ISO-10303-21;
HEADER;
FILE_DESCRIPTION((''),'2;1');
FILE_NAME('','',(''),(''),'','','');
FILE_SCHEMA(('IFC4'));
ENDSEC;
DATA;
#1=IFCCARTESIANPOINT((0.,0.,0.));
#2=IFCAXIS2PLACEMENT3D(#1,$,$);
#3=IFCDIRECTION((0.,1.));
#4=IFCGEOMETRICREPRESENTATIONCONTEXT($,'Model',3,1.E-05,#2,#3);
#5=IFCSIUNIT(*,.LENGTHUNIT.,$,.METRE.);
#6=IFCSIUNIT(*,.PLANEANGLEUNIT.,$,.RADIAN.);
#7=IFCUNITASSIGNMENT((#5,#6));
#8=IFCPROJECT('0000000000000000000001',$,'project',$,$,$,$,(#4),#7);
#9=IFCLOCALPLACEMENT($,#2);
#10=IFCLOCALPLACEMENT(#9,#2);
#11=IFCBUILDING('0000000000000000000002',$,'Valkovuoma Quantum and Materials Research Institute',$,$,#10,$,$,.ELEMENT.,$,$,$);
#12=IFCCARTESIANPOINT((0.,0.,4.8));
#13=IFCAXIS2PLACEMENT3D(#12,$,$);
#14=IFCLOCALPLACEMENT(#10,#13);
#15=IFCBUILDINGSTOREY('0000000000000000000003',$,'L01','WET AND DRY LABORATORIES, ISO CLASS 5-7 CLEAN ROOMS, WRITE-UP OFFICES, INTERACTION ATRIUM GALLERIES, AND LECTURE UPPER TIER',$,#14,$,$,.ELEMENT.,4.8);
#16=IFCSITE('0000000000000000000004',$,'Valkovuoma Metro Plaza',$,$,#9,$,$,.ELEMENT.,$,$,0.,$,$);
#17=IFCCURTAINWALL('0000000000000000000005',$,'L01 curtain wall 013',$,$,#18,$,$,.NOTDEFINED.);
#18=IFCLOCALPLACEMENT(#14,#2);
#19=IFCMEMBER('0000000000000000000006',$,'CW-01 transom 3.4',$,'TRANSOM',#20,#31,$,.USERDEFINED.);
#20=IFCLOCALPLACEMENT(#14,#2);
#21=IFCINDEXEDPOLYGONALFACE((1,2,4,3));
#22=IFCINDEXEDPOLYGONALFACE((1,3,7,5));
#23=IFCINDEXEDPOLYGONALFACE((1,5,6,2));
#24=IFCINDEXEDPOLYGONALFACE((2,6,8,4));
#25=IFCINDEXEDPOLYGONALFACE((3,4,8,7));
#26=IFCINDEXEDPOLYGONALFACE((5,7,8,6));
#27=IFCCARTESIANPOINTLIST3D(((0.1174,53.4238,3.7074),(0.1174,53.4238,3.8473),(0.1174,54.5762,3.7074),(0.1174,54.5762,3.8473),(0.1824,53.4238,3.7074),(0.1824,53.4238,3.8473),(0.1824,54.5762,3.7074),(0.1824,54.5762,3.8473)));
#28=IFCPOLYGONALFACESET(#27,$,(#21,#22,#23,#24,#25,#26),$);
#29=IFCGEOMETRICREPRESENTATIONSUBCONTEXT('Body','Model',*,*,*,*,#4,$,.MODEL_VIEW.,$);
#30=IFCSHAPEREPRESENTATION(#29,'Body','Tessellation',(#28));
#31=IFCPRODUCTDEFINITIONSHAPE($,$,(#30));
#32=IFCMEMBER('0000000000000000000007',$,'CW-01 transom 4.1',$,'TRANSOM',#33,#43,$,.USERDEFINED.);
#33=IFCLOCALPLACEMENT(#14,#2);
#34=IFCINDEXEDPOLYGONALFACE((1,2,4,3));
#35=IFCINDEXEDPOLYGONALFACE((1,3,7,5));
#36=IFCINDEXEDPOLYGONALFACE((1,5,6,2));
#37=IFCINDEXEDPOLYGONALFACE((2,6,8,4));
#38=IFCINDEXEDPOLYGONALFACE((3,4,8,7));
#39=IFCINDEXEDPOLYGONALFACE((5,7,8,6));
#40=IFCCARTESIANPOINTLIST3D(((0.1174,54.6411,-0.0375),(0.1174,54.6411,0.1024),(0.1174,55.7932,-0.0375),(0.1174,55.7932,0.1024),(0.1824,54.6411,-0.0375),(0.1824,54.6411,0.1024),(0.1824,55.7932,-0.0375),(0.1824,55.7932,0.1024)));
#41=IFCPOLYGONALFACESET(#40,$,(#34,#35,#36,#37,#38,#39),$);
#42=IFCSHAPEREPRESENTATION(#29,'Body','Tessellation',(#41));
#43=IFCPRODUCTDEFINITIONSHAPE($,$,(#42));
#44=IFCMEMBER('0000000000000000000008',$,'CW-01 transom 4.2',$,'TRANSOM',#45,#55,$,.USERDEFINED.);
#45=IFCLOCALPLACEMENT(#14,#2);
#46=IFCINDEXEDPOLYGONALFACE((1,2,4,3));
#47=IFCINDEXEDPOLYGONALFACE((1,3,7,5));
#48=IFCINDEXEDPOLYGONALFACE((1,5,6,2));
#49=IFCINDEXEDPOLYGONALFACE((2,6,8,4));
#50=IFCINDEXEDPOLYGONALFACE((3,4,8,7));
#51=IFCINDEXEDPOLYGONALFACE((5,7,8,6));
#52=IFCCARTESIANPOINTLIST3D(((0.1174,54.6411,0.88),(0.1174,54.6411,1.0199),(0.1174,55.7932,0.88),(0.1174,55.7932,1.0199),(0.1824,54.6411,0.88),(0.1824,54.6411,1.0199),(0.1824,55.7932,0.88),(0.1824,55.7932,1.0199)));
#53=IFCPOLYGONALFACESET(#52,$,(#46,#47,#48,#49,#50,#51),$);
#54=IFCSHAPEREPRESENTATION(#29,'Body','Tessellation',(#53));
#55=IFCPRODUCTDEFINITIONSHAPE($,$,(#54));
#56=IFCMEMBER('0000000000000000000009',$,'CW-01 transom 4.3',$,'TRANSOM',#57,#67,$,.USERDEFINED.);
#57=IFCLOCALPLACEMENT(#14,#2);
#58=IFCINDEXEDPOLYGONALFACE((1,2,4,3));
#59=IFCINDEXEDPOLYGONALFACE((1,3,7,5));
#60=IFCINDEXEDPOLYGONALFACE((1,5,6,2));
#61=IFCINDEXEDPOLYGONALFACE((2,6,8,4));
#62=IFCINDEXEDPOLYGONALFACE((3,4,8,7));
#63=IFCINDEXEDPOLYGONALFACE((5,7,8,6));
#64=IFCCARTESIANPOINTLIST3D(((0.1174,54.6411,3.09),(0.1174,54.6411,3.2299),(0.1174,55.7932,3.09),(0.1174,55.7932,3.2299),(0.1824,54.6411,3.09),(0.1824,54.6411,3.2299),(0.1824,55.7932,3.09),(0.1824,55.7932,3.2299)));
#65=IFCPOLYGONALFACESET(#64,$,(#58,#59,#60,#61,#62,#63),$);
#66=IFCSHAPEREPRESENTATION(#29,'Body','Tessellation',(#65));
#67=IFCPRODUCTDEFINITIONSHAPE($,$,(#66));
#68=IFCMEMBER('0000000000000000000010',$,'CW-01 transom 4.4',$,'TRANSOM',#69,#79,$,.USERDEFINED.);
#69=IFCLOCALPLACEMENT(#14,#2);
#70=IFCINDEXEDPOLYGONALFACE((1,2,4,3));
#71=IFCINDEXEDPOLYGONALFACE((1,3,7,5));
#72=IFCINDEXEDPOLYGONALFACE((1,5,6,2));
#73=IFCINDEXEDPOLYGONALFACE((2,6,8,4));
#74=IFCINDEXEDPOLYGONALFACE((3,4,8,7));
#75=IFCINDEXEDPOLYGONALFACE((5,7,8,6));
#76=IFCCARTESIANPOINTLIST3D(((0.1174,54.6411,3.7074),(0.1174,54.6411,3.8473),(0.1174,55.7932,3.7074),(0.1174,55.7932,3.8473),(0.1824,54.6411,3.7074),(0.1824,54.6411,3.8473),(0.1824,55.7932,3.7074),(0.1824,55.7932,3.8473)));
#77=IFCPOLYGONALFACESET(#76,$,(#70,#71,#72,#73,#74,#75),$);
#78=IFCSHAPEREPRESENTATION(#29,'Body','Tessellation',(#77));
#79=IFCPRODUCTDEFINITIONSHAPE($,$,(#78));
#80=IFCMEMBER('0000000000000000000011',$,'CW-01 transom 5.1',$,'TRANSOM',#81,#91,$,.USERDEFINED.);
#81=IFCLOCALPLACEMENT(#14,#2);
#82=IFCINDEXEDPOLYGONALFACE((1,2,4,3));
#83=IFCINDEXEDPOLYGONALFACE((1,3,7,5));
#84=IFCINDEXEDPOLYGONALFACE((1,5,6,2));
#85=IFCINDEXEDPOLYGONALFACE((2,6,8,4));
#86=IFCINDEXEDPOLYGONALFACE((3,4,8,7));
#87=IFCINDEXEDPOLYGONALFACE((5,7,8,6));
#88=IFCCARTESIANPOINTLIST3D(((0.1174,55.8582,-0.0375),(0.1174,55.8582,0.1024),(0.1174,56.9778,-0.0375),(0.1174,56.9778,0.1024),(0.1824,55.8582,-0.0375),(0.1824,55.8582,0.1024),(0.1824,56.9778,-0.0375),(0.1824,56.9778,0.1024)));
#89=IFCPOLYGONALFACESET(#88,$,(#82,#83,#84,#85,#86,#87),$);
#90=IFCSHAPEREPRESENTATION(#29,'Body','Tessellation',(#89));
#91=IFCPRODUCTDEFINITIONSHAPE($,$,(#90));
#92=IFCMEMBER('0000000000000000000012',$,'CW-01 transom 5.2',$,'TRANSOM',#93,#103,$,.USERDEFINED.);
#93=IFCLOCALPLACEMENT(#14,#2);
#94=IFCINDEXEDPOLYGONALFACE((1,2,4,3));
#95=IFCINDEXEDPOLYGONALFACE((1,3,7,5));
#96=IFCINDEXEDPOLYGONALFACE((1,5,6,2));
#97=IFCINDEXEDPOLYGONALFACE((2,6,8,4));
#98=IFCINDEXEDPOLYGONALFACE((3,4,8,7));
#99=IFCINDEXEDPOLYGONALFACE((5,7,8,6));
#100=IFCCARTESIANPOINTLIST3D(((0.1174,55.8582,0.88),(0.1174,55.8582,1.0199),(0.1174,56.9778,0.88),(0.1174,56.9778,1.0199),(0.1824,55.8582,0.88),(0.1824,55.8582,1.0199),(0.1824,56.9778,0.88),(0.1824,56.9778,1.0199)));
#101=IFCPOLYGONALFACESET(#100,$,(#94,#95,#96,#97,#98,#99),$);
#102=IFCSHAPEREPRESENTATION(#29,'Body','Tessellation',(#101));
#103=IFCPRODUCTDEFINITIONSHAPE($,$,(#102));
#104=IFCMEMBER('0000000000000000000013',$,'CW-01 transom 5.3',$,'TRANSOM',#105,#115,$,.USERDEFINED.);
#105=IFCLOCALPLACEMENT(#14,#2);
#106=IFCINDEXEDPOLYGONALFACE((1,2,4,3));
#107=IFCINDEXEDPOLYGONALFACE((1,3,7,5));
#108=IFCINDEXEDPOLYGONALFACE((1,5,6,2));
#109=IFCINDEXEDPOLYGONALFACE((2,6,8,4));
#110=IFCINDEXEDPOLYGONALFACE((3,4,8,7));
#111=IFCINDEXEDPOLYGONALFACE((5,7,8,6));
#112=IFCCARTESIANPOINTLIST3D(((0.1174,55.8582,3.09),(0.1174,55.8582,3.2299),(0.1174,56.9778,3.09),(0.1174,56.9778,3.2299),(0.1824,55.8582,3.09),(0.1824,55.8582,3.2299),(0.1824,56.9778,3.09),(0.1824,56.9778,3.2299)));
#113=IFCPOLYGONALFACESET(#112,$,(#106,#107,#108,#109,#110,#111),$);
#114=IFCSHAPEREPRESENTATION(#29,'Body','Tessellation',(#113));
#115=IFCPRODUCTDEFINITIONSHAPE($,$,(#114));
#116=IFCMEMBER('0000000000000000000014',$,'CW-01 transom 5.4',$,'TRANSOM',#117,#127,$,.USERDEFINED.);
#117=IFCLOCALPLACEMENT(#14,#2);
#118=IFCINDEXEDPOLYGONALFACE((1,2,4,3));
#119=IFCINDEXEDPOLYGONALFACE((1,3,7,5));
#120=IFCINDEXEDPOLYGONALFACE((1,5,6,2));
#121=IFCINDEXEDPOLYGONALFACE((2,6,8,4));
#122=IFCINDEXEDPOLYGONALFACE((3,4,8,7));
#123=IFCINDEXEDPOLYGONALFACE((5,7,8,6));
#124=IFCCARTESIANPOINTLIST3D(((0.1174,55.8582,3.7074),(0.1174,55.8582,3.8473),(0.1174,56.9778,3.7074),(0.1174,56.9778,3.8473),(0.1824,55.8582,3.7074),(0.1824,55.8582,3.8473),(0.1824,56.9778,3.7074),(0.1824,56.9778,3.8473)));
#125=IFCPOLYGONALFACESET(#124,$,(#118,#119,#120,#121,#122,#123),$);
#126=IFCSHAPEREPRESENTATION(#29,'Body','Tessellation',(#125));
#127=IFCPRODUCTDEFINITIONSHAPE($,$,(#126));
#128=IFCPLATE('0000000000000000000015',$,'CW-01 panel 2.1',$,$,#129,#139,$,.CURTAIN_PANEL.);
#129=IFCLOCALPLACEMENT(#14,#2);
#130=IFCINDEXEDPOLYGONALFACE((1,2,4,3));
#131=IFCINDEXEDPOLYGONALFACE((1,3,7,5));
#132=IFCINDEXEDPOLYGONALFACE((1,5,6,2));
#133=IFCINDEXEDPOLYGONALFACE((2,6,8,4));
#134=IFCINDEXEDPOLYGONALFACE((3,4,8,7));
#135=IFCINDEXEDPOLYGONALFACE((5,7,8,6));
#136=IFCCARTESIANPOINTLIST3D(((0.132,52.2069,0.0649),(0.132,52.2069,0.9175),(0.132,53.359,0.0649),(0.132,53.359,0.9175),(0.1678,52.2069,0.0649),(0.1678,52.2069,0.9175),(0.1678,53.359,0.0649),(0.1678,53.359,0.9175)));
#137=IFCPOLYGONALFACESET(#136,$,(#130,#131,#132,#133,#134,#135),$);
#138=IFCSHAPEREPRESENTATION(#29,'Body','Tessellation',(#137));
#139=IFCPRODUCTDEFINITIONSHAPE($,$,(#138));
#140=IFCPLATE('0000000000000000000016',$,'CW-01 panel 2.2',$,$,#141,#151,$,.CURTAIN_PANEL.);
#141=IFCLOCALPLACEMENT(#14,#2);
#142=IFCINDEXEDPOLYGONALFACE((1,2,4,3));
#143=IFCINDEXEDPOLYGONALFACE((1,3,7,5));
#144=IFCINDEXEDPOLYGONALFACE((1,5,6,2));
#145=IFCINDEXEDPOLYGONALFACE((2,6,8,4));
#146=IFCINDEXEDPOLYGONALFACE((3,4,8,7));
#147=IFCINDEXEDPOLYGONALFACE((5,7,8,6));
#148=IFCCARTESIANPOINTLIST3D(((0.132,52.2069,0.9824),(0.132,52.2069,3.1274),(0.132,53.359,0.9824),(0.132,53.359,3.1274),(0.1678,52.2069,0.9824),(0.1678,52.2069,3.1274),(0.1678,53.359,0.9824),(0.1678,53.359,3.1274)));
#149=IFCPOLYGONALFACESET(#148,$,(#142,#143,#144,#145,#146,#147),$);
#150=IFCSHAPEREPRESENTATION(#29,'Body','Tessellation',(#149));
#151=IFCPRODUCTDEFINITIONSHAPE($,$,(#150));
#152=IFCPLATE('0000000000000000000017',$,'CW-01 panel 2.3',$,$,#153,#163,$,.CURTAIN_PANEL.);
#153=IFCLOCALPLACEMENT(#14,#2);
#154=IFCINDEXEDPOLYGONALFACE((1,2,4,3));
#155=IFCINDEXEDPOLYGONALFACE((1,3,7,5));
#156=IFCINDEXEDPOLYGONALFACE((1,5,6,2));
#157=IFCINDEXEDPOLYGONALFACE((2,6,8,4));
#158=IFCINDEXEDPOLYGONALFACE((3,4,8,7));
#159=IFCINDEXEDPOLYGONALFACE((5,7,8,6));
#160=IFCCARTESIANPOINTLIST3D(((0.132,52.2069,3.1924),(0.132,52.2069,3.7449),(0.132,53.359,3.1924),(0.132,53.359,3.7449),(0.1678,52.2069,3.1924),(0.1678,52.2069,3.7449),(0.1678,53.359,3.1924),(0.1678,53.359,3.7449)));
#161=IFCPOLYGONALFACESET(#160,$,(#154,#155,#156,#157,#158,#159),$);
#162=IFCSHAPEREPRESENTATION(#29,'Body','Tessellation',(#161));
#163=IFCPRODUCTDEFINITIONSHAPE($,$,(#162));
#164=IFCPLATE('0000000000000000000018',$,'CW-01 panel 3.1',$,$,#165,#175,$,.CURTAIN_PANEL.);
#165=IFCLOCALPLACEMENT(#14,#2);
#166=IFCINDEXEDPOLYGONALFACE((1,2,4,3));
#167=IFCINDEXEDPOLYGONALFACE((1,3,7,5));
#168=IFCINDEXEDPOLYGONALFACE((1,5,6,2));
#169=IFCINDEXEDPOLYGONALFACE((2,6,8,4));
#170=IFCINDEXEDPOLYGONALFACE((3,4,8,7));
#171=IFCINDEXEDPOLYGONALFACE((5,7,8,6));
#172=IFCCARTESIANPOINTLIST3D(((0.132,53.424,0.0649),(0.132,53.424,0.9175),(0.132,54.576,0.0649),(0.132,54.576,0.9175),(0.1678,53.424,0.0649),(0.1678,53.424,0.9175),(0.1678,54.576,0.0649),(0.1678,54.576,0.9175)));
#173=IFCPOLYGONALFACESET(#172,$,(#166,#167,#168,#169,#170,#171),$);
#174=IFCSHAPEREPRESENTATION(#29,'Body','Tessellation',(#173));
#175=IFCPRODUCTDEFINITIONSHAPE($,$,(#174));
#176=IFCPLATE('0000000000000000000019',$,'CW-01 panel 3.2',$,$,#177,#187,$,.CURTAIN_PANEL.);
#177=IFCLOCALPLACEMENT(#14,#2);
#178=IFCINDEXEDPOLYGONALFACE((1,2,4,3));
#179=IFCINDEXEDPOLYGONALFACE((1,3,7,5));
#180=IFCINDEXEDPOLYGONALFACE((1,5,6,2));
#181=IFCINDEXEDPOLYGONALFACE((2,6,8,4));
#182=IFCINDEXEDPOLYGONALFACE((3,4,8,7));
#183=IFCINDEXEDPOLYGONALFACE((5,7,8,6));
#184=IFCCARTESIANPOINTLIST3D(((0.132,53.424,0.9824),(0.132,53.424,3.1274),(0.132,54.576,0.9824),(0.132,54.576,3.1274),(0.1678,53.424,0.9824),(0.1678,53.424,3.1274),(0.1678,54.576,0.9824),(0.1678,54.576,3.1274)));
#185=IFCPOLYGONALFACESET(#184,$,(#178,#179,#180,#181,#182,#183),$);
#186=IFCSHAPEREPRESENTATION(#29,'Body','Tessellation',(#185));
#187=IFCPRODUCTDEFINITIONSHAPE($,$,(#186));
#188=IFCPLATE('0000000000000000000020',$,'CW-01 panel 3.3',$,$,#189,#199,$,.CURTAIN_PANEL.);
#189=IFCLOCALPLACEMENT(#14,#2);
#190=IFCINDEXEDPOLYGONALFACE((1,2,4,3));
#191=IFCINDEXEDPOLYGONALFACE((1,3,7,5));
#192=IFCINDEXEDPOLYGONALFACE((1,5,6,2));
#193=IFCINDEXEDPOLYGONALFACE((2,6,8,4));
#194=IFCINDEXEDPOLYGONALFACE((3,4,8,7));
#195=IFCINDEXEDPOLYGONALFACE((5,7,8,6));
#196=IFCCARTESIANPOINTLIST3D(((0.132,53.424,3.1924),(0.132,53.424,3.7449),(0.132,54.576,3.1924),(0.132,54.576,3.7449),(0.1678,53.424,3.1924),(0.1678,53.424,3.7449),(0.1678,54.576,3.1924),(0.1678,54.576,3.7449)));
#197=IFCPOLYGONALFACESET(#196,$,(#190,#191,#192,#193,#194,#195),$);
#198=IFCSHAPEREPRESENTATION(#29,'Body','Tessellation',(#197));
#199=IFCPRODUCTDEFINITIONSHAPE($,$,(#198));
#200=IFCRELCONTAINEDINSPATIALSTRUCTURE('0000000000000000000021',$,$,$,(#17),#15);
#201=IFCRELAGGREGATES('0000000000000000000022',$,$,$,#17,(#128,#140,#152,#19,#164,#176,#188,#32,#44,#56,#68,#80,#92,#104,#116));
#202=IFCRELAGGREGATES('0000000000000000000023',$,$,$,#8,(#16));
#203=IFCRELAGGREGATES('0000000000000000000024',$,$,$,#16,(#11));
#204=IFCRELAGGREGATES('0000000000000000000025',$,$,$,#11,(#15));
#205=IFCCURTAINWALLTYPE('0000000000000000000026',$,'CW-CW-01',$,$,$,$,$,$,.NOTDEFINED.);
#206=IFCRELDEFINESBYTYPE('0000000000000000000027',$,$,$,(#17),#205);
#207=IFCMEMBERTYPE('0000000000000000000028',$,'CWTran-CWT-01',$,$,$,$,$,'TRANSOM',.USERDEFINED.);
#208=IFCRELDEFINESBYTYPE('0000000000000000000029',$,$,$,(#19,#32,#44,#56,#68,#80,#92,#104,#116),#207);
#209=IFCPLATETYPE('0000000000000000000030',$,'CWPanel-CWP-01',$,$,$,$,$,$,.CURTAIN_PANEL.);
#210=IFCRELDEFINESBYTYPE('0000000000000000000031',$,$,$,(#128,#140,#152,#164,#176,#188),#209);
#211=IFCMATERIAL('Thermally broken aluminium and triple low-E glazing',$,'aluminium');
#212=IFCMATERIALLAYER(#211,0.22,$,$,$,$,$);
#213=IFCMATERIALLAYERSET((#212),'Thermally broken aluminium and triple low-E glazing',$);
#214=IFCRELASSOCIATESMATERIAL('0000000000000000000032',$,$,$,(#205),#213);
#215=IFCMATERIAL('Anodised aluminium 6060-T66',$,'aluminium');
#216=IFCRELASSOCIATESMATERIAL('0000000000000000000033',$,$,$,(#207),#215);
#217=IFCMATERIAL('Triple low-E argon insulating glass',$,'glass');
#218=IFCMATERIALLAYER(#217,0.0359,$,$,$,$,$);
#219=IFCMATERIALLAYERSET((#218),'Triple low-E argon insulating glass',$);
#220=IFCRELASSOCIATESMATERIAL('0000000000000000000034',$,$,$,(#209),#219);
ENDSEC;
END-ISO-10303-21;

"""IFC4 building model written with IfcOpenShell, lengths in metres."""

from ifc_helpers import new_model, si_unit, direction, frame, origin, origin_2d, place, context, subcontext, project, spatial, rectangle, extrude, material, layer, layer_set, material_profile, profile_set, type_object, element, aggregate, save


model = new_model("IFC4")

# Units and contexts
model_context = context("Model", 3, precision=1e-05, world=origin(), true_north=direction((0.0, 1.0)))
body_context = subcontext(model_context, "Body", "Model", "MODEL_VIEW")
ifc_project = project(units=[si_unit("LENGTHUNIT", "METRE"), si_unit("PLANEANGLEUNIT", "RADIAN")], contexts=[model_context])

# Site, building, storey
site_placement = place(None, origin())
site = spatial("IfcSite", under=ifc_project, at=site_placement, Name="Valkovuoma Metro Plaza", CompositionType="ELEMENT", RefElevation=0.0)
building_placement = place(site_placement, origin())
building = spatial("IfcBuilding", under=site, at=building_placement, Name="Valkovuoma Quantum and Materials Research Institute", CompositionType="ELEMENT")
storey_placement = place(building_placement, frame((0.0, 0.0, 4.8)))
storey = spatial("IfcBuildingStorey", under=building, at=storey_placement, Name="L01", Description="WET AND DRY LABORATORIES, ISO CLASS 5-7 CLEAN ROOMS, WRITE-UP OFFICES, INTERACTION ATRIUM GALLERIES, AND LECTURE UPPER TIER", CompositionType="ELEMENT", Elevation=4.8)

# Curtain wall, members, plates
ifc_material_1 = material(Name="Thermally broken aluminium and triple low-E glazing", Category="aluminium")
ifc_layer_1 = layer(ifc_material_1, 0.22)
ifc_layer_set_1 = layer_set([ifc_layer_1], Name="Thermally broken aluminium and triple low-E glazing")
curtain_wall_type = type_object("IfcCurtainWallType", Name="CW-CW-01", PredefinedType="NOTDEFINED", material=ifc_layer_set_1)
curtain_wall_placement = place(storey_placement, origin())
curtain_wall = element("IfcCurtainWall", 1, at=curtain_wall_placement, inside=storey, type_object=curtain_wall_type, Name="L01 curtain wall 013", PredefinedType="NOTDEFINED")
ifc_material_2 = material(Name="Anodised aluminium 6060-T66", Category="aluminium")
ifc_material_profile_1 = material_profile(ifc_material_2, rectangle(XDim=0.0649, YDim=0.1399, at=origin_2d()), Name="Anodised aluminium 6060-T66")
ifc_profile_set_1 = profile_set([ifc_material_profile_1], Name="Anodised aluminium 6060-T66")
member_type_1 = type_object("IfcMemberType", Name="CWTran-CWT-01", ElementType="TRANSOM", PredefinedType="USERDEFINED", material=ifc_profile_set_1)
member_1_placement = place(storey_placement, frame((0.1499, 53.4238, 3.7773), z_axis=(0.0, 1.0, 0.0), x_axis=(-1.0, 0.0, 0.0)))
member_1 = element("IfcMember", 2, at=member_1_placement, type_object=member_type_1, Name="CW-01 transom 3.4", ObjectType="TRANSOM", PredefinedType="USERDEFINED", context=body_context, shape_type="SweptSolid", body=[
    extrude(rectangle(XDim=0.0649, YDim=0.1399, at=origin_2d()), origin(), (0.0, 0.0, 1.0), 1.1523),
])
member_2_placement = place(storey_placement, frame((0.1499, 54.6411, 0.0325), z_axis=(0.0, 1.0, 0.0), x_axis=(-1.0, 0.0, 0.0)))
member_2 = element("IfcMember", 3, at=member_2_placement, type_object=member_type_1, Name="CW-01 transom 4.1", ObjectType="TRANSOM", PredefinedType="USERDEFINED", context=body_context, shape_type="SweptSolid", body=[
    extrude(rectangle(XDim=0.0649, YDim=0.1399, at=origin_2d()), origin(), (0.0, 0.0, 1.0), 1.1521),
])
member_3_placement = place(storey_placement, frame((0.1499, 54.6411, 0.95), z_axis=(0.0, 1.0, 0.0), x_axis=(-1.0, 0.0, 0.0)))
member_3 = element("IfcMember", 4, at=member_3_placement, type_object=member_type_1, Name="CW-01 transom 4.2", ObjectType="TRANSOM", PredefinedType="USERDEFINED", context=body_context, shape_type="SweptSolid", body=[
    extrude(rectangle(XDim=0.0649, YDim=0.1399, at=origin_2d()), origin(), (0.0, 0.0, 1.0), 1.1521),
])
member_4_placement = place(storey_placement, frame((0.1499, 54.6411, 3.1599), z_axis=(0.0, 1.0, 0.0), x_axis=(-1.0, 0.0, 0.0)))
member_4 = element("IfcMember", 5, at=member_4_placement, type_object=member_type_1, Name="CW-01 transom 4.3", ObjectType="TRANSOM", PredefinedType="USERDEFINED", context=body_context, shape_type="SweptSolid", body=[
    extrude(rectangle(XDim=0.0649, YDim=0.1399, at=origin_2d()), origin(), (0.0, 0.0, 1.0), 1.1521),
])
member_5_placement = place(storey_placement, frame((0.1499, 54.6411, 3.7773), z_axis=(0.0, 1.0, 0.0), x_axis=(-1.0, 0.0, 0.0)))
member_5 = element("IfcMember", 6, at=member_5_placement, type_object=member_type_1, Name="CW-01 transom 4.4", ObjectType="TRANSOM", PredefinedType="USERDEFINED", context=body_context, shape_type="SweptSolid", body=[
    extrude(rectangle(XDim=0.0649, YDim=0.1399, at=origin_2d()), origin(), (0.0, 0.0, 1.0), 1.1521),
])
member_6_placement = place(storey_placement, frame((0.1499, 55.8582, 0.0325), z_axis=(0.0, 1.0, 0.0), x_axis=(-1.0, 0.0, 0.0)))
member_6 = element("IfcMember", 7, at=member_6_placement, type_object=member_type_1, Name="CW-01 transom 5.1", ObjectType="TRANSOM", PredefinedType="USERDEFINED", context=body_context, shape_type="SweptSolid", body=[
    extrude(rectangle(XDim=0.0649, YDim=0.1399, at=origin_2d()), origin(), (0.0, 0.0, 1.0), 1.1196),
])
member_7_placement = place(storey_placement, frame((0.1499, 55.8582, 0.95), z_axis=(0.0, 1.0, 0.0), x_axis=(-1.0, 0.0, 0.0)))
member_7 = element("IfcMember", 8, at=member_7_placement, type_object=member_type_1, Name="CW-01 transom 5.2", ObjectType="TRANSOM", PredefinedType="USERDEFINED", context=body_context, shape_type="SweptSolid", body=[
    extrude(rectangle(XDim=0.0649, YDim=0.1399, at=origin_2d()), origin(), (0.0, 0.0, 1.0), 1.1196),
])
member_8_placement = place(storey_placement, frame((0.1499, 55.8582, 3.1599), z_axis=(0.0, 1.0, 0.0), x_axis=(-1.0, 0.0, 0.0)))
member_8 = element("IfcMember", 9, at=member_8_placement, type_object=member_type_1, Name="CW-01 transom 5.3", ObjectType="TRANSOM", PredefinedType="USERDEFINED", context=body_context, shape_type="SweptSolid", body=[
    extrude(rectangle(XDim=0.0649, YDim=0.1399, at=origin_2d()), origin(), (0.0, 0.0, 1.0), 1.1196),
])
member_9_placement = place(storey_placement, frame((0.1499, 55.8582, 3.7773), z_axis=(0.0, 1.0, 0.0), x_axis=(-1.0, 0.0, 0.0)))
member_9 = element("IfcMember", 10, at=member_9_placement, type_object=member_type_1, Name="CW-01 transom 5.4", ObjectType="TRANSOM", PredefinedType="USERDEFINED", context=body_context, shape_type="SweptSolid", body=[
    extrude(rectangle(XDim=0.0649, YDim=0.1399, at=origin_2d()), origin(), (0.0, 0.0, 1.0), 1.1196),
])
ifc_material_3 = material(Name="Triple low-E argon insulating glass", Category="glass")
ifc_layer_2 = layer(ifc_material_3, 0.0359)
ifc_layer_set_2 = layer_set([ifc_layer_2], Name="Triple low-E argon insulating glass")
plate_type = type_object("IfcPlateType", Name="CWPanel-CWP-01", PredefinedType="CURTAIN_PANEL", material=ifc_layer_set_2)
plate_1_placement = place(storey_placement, frame((0.1499, 52.783, 0.0649), z_axis=(0.0, 0.0, 1.0), x_axis=(0.0, 1.0, 0.0)))
plate_1 = element("IfcPlate", 11, at=plate_1_placement, type_object=plate_type, Name="CW-01 panel 2.1", PredefinedType="CURTAIN_PANEL", context=body_context, shape_type="SweptSolid", body=[
    extrude(rectangle(XDim=1.1521, YDim=0.0359, at=origin_2d()), origin(), (0.0, 0.0, 1.0), 0.8525),
])
plate_2_placement = place(storey_placement, frame((0.1499, 52.783, 0.9824), z_axis=(0.0, 0.0, 1.0), x_axis=(0.0, 1.0, 0.0)))
plate_2 = element("IfcPlate", 12, at=plate_2_placement, type_object=plate_type, Name="CW-01 panel 2.2", PredefinedType="CURTAIN_PANEL", context=body_context, shape_type="SweptSolid", body=[
    extrude(rectangle(XDim=1.1521, YDim=0.0359, at=origin_2d()), origin(), (0.0, 0.0, 1.0), 2.145),
])
plate_3_placement = place(storey_placement, frame((0.1499, 52.783, 3.1924), z_axis=(0.0, 0.0, 1.0), x_axis=(0.0, 1.0, 0.0)))
plate_3 = element("IfcPlate", 13, at=plate_3_placement, type_object=plate_type, Name="CW-01 panel 2.3", PredefinedType="CURTAIN_PANEL", context=body_context, shape_type="SweptSolid", body=[
    extrude(rectangle(XDim=1.1521, YDim=0.0359, at=origin_2d()), origin(), (0.0, 0.0, 1.0), 0.5525),
])
plate_4_placement = place(storey_placement, frame((0.1499, 54.0, 0.0649), z_axis=(0.0, 0.0, 1.0), x_axis=(0.0, 1.0, 0.0)))
plate_4 = element("IfcPlate", 14, at=plate_4_placement, type_object=plate_type, Name="CW-01 panel 3.1", PredefinedType="CURTAIN_PANEL", context=body_context, shape_type="SweptSolid", body=[
    extrude(rectangle(XDim=1.1521, YDim=0.0359, at=origin_2d()), origin(), (0.0, 0.0, 1.0), 0.8525),
])
plate_5_placement = place(storey_placement, frame((0.1499, 54.0, 0.9824), z_axis=(0.0, 0.0, 1.0), x_axis=(0.0, 1.0, 0.0)))
plate_5 = element("IfcPlate", 15, at=plate_5_placement, type_object=plate_type, Name="CW-01 panel 3.2", PredefinedType="CURTAIN_PANEL", context=body_context, shape_type="SweptSolid", body=[
    extrude(rectangle(XDim=1.1521, YDim=0.0359, at=origin_2d()), origin(), (0.0, 0.0, 1.0), 2.145),
])
plate_6_placement = place(storey_placement, frame((0.1499, 54.0, 3.1924), z_axis=(0.0, 0.0, 1.0), x_axis=(0.0, 1.0, 0.0)))
plate_6 = element("IfcPlate", 16, at=plate_6_placement, type_object=plate_type, Name="CW-01 panel 3.3", PredefinedType="CURTAIN_PANEL", context=body_context, shape_type="SweptSolid", body=[
    extrude(rectangle(XDim=1.1521, YDim=0.0359, at=origin_2d()), origin(), (0.0, 0.0, 1.0), 0.5525),
])
aggregate(curtain_wall, [plate_1, plate_2, plate_3, member_1, plate_4, plate_5, plate_6, member_2, member_3, member_4, member_5, member_6, member_7, member_8, member_9])

save(model, "model.ifc")
